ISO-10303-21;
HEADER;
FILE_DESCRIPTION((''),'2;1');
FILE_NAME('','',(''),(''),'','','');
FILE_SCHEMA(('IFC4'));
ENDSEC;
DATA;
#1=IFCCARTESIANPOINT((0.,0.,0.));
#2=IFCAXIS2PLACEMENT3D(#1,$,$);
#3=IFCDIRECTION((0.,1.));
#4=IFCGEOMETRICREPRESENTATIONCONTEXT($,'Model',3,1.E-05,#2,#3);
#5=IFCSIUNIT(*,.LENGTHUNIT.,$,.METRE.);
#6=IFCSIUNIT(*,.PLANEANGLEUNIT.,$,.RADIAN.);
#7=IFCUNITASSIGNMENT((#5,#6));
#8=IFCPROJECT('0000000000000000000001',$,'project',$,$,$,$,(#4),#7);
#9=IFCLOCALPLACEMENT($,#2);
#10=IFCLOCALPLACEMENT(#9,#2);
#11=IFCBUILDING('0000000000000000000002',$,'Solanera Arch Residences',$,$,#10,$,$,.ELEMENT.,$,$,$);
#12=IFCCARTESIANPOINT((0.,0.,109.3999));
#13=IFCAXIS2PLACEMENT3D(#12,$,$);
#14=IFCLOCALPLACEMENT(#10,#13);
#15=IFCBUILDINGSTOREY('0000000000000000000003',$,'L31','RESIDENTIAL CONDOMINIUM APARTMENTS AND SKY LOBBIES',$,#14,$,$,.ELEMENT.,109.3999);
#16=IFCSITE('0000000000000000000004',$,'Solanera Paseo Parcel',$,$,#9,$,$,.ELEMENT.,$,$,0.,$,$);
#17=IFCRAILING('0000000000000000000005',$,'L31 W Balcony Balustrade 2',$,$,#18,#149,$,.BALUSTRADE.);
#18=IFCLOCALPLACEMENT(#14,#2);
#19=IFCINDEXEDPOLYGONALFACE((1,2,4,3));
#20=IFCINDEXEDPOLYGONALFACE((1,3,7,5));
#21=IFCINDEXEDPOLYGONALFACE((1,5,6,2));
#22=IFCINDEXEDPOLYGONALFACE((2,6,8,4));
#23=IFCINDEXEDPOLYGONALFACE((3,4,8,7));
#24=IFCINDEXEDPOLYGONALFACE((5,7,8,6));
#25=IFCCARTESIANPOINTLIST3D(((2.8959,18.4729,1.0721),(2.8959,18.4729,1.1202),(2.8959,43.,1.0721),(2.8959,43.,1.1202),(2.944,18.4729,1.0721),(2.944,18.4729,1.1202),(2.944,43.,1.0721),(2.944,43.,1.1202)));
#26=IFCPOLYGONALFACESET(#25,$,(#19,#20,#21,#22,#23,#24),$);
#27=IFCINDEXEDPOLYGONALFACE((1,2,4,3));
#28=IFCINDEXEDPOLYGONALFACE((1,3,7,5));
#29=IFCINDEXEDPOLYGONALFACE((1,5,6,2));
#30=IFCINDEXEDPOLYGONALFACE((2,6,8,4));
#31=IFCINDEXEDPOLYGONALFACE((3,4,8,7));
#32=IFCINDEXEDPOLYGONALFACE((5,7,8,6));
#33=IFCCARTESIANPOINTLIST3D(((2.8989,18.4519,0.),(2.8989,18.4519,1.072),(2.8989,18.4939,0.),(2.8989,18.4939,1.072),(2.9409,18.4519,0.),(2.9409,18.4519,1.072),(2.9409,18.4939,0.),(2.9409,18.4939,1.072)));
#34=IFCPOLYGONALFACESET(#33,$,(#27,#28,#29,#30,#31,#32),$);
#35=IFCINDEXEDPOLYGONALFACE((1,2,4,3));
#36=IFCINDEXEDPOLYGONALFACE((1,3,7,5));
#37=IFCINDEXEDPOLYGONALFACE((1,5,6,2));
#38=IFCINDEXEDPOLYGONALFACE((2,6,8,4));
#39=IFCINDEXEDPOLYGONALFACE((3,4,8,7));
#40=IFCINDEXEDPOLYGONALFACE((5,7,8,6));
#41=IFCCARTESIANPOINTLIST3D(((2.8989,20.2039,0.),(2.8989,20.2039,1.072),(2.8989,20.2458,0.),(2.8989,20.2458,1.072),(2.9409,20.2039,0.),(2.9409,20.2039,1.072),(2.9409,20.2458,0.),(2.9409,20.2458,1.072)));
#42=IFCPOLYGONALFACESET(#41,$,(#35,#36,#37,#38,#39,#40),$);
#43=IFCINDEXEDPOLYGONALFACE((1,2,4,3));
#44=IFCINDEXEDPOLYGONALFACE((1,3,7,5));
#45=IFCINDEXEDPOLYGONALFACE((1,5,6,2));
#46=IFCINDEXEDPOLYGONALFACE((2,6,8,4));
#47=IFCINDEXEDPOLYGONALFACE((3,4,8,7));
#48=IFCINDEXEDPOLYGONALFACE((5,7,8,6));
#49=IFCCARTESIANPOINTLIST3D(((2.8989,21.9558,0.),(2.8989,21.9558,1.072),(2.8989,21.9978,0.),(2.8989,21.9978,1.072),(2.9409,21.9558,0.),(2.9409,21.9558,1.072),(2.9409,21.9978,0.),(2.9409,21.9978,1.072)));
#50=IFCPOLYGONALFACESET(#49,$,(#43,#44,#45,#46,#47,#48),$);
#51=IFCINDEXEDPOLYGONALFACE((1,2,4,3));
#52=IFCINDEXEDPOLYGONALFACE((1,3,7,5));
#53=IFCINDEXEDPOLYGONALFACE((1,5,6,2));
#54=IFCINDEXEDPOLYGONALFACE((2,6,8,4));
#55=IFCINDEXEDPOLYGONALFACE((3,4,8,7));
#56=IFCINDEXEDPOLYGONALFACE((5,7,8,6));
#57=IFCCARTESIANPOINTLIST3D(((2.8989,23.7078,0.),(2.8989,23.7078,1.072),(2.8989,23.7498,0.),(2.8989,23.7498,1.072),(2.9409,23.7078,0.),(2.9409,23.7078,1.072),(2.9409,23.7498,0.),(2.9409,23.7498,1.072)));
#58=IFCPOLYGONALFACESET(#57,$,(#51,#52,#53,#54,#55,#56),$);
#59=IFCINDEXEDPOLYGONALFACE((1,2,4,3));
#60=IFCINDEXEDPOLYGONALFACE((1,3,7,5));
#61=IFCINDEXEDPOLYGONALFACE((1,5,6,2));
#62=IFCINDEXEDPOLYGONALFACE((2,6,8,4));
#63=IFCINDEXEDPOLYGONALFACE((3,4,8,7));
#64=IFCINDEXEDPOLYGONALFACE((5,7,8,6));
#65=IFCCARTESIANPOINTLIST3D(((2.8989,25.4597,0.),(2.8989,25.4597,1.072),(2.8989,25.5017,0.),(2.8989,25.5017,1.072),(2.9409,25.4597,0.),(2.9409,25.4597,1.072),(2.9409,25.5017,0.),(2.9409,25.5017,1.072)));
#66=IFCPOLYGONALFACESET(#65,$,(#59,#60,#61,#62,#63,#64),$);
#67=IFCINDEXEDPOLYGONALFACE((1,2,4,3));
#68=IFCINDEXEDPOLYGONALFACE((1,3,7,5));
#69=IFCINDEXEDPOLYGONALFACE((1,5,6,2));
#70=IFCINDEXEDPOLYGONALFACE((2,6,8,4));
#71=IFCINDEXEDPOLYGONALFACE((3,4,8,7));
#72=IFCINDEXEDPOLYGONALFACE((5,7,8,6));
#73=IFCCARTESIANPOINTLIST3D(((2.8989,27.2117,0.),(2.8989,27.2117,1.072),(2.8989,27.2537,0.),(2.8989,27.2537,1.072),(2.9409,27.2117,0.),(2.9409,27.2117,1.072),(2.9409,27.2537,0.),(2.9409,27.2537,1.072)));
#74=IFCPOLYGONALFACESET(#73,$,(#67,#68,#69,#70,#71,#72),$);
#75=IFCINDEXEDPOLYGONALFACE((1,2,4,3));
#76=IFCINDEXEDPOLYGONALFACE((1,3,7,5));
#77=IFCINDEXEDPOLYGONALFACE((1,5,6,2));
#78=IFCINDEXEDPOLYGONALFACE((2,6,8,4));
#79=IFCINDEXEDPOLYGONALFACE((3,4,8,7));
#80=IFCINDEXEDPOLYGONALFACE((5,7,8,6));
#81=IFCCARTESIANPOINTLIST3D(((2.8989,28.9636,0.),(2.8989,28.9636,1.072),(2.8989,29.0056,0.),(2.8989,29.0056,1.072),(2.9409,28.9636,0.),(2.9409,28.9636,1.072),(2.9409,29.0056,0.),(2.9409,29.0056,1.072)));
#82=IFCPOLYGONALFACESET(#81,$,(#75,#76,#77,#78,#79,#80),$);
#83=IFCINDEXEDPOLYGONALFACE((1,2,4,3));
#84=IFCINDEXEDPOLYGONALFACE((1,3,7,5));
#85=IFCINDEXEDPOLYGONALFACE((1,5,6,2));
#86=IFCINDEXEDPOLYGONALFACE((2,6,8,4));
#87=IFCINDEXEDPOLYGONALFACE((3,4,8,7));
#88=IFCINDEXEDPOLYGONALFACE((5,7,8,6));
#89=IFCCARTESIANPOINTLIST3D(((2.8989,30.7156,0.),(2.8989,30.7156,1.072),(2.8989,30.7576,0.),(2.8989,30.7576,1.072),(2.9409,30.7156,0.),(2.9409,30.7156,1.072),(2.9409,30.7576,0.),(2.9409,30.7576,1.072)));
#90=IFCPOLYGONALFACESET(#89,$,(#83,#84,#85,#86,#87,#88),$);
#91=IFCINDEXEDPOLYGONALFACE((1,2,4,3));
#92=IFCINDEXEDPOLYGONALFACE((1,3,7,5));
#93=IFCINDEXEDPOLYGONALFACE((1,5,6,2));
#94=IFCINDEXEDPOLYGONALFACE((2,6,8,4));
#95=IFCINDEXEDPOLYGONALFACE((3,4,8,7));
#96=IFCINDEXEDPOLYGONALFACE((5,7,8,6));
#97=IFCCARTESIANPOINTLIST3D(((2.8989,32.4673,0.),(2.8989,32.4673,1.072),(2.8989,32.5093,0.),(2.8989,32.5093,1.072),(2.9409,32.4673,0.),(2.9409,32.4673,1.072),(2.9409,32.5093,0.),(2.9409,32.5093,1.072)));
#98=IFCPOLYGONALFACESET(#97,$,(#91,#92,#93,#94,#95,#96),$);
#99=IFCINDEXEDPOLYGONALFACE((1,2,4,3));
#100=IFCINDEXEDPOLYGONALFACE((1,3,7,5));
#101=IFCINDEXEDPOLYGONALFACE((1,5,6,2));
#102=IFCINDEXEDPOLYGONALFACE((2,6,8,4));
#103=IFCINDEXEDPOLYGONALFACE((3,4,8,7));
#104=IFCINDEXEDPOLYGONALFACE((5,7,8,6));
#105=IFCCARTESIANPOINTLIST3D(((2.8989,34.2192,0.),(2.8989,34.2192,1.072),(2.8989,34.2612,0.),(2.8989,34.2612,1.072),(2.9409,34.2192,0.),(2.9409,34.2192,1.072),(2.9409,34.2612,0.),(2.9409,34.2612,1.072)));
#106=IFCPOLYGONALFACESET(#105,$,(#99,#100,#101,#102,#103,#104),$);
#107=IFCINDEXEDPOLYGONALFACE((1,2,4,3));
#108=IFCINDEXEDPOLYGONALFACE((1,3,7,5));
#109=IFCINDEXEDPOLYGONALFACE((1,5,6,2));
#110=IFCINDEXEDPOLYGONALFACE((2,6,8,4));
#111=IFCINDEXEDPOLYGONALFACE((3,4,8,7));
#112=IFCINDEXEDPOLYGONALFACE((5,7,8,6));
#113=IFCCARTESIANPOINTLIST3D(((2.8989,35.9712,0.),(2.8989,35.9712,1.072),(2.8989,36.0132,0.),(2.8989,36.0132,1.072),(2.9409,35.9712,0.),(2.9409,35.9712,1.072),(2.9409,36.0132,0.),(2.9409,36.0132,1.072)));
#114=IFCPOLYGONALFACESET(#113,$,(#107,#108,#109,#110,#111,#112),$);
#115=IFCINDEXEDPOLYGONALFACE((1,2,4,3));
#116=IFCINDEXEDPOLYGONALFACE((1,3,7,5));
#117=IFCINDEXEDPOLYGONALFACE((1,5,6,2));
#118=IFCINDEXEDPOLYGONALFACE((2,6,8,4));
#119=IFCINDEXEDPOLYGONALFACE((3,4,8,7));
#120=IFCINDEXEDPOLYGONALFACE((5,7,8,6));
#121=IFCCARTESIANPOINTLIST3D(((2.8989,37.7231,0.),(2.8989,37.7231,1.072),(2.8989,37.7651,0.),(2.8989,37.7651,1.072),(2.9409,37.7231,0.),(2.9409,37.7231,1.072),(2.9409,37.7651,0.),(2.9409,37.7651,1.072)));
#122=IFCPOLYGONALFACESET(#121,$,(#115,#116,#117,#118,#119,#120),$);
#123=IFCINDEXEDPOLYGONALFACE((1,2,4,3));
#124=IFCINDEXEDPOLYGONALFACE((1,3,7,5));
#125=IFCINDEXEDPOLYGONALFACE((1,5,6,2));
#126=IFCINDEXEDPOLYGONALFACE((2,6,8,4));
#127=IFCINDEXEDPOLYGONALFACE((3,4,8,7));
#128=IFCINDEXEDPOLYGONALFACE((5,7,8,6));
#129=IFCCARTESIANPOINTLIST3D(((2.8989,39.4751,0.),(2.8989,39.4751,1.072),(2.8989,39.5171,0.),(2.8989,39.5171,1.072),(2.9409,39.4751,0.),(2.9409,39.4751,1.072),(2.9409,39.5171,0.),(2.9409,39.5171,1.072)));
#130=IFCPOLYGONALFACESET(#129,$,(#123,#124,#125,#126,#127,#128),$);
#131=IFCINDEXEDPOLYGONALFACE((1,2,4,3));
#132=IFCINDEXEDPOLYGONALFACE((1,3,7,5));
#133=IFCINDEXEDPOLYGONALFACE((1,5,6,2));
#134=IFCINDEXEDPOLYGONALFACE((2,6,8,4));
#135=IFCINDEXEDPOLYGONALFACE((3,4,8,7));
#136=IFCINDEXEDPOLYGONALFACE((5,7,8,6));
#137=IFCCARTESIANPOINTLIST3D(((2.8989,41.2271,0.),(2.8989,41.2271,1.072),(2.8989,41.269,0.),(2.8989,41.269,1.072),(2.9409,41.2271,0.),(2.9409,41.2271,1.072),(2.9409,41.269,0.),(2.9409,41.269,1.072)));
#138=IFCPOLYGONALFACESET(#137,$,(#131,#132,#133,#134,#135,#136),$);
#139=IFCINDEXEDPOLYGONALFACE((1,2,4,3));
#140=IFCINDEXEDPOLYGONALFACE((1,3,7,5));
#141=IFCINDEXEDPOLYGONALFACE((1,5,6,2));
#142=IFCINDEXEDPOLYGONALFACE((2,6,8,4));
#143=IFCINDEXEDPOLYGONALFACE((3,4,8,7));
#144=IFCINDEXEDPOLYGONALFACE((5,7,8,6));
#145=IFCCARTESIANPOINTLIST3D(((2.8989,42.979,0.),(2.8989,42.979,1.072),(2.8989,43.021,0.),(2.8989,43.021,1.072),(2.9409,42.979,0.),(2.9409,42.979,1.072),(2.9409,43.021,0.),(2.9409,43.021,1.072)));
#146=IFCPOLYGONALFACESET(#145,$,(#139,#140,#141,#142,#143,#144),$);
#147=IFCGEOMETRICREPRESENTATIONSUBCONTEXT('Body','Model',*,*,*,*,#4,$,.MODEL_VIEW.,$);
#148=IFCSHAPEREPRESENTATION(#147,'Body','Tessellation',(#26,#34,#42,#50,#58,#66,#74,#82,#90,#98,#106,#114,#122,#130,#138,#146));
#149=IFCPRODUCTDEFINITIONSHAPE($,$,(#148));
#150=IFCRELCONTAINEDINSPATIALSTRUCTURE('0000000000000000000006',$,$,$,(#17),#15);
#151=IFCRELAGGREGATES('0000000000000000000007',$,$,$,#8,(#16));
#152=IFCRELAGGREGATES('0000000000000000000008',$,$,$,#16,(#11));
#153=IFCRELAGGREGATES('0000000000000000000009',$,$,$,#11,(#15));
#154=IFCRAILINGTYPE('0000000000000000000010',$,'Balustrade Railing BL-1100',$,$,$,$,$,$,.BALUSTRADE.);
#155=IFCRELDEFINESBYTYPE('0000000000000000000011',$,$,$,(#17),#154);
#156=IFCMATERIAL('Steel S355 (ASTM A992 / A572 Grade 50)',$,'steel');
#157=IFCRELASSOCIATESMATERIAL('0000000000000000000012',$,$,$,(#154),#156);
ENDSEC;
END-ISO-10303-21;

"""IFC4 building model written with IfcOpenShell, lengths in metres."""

from ifc_helpers import new_model, si_unit, direction, frame, origin, origin_2d, place, context, subcontext, project, spatial, rectangle, extrude, material, type_object, element, save


model = new_model("IFC4")

# Units and contexts
model_context = context("Model", 3, precision=1e-05, world=origin(), true_north=direction((0.0, 1.0)))
body_context = subcontext(model_context, "Body", "Model", "MODEL_VIEW")
ifc_project = project(units=[si_unit("LENGTHUNIT", "METRE"), si_unit("PLANEANGLEUNIT", "RADIAN")], contexts=[model_context])

# Site, building, storey
site_placement = place(None, origin())
site = spatial("IfcSite", under=ifc_project, at=site_placement, Name="Solanera Paseo Parcel", CompositionType="ELEMENT", RefElevation=0.0)
building_placement = place(site_placement, origin())
building = spatial("IfcBuilding", under=site, at=building_placement, Name="Solanera Arch Residences", CompositionType="ELEMENT")
storey_placement = place(building_placement, frame((0.0, 0.0, 109.3999)))
storey = spatial("IfcBuildingStorey", under=building, at=storey_placement, Name="L31", Description="RESIDENTIAL CONDOMINIUM APARTMENTS AND SKY LOBBIES", CompositionType="ELEMENT", Elevation=109.3999)

# Railing
ifc_material_1 = material(Name="Steel S355 (ASTM A992 / A572 Grade 50)", Category="steel")
railing_type = type_object("IfcRailingType", Name="Balustrade Railing BL-1100", PredefinedType="BALUSTRADE", material=ifc_material_1)
railing_placement = place(storey_placement, frame((2.9199, 18.4729, 0.0)))
element("IfcRailing", 1, at=railing_placement, inside=storey, type_object=railing_type, Name="L31 W Balcony Balustrade 2", PredefinedType="BALUSTRADE", context=body_context, shape_type="SweptSolid", body=[
    extrude(rectangle(XDim=0.0481, YDim=0.0481, at=origin_2d()), frame((0.0, 0.0, 1.0962), z_axis=(0.0, 1.0, 0.0), x_axis=(-1.0, 0.0, 0.0)), (0.0, 0.0, 1.0), 24.5271),
    extrude(rectangle(XDim=0.042, YDim=0.042, at=origin_2d()), origin(), (0.0, 0.0, 1.0), 1.072),
    extrude(rectangle(XDim=0.042, YDim=0.042, at=origin_2d()), frame((0.0, 1.752, 0.0)), (0.0, 0.0, 1.0), 1.072),
    extrude(rectangle(XDim=0.042, YDim=0.042, at=origin_2d()), frame((0.0, 3.5039, 0.0)), (0.0, 0.0, 1.0), 1.072),
    extrude(rectangle(XDim=0.042, YDim=0.042, at=origin_2d()), frame((0.0, 5.2559, 0.0)), (0.0, 0.0, 1.0), 1.072),
    extrude(rectangle(XDim=0.042, YDim=0.042, at=origin_2d()), frame((0.0, 7.0078, 0.0)), (0.0, 0.0, 1.0), 1.072),
    extrude(rectangle(XDim=0.042, YDim=0.042, at=origin_2d()), frame((0.0, 8.7598, 0.0)), (0.0, 0.0, 1.0), 1.072),
    extrude(rectangle(XDim=0.042, YDim=0.042, at=origin_2d()), frame((0.0, 10.5117, 0.0)), (0.0, 0.0, 1.0), 1.072),
    extrude(rectangle(XDim=0.042, YDim=0.042, at=origin_2d()), frame((0.0, 12.2637, 0.0)), (0.0, 0.0, 1.0), 1.072),
    extrude(rectangle(XDim=0.042, YDim=0.042, at=origin_2d()), frame((0.0, 14.0154, 0.0)), (0.0, 0.0, 1.0), 1.072),
    extrude(rectangle(XDim=0.042, YDim=0.042, at=origin_2d()), frame((0.0, 15.7673, 0.0)), (0.0, 0.0, 1.0), 1.072),
    extrude(rectangle(XDim=0.042, YDim=0.042, at=origin_2d()), frame((0.0, 17.5193, 0.0)), (0.0, 0.0, 1.0), 1.072),
    extrude(rectangle(XDim=0.042, YDim=0.042, at=origin_2d()), frame((0.0, 19.2712, 0.0)), (0.0, 0.0, 1.0), 1.072),
    extrude(rectangle(XDim=0.042, YDim=0.042, at=origin_2d()), frame((0.0, 21.0232, 0.0)), (0.0, 0.0, 1.0), 1.072),
    extrude(rectangle(XDim=0.042, YDim=0.042, at=origin_2d()), frame((0.0, 22.7751, 0.0)), (0.0, 0.0, 1.0), 1.072),
    extrude(rectangle(XDim=0.042, YDim=0.042, at=origin_2d()), frame((0.0, 24.5271, 0.0)), (0.0, 0.0, 1.0), 1.072),
])

save(model, "model.ifc")
